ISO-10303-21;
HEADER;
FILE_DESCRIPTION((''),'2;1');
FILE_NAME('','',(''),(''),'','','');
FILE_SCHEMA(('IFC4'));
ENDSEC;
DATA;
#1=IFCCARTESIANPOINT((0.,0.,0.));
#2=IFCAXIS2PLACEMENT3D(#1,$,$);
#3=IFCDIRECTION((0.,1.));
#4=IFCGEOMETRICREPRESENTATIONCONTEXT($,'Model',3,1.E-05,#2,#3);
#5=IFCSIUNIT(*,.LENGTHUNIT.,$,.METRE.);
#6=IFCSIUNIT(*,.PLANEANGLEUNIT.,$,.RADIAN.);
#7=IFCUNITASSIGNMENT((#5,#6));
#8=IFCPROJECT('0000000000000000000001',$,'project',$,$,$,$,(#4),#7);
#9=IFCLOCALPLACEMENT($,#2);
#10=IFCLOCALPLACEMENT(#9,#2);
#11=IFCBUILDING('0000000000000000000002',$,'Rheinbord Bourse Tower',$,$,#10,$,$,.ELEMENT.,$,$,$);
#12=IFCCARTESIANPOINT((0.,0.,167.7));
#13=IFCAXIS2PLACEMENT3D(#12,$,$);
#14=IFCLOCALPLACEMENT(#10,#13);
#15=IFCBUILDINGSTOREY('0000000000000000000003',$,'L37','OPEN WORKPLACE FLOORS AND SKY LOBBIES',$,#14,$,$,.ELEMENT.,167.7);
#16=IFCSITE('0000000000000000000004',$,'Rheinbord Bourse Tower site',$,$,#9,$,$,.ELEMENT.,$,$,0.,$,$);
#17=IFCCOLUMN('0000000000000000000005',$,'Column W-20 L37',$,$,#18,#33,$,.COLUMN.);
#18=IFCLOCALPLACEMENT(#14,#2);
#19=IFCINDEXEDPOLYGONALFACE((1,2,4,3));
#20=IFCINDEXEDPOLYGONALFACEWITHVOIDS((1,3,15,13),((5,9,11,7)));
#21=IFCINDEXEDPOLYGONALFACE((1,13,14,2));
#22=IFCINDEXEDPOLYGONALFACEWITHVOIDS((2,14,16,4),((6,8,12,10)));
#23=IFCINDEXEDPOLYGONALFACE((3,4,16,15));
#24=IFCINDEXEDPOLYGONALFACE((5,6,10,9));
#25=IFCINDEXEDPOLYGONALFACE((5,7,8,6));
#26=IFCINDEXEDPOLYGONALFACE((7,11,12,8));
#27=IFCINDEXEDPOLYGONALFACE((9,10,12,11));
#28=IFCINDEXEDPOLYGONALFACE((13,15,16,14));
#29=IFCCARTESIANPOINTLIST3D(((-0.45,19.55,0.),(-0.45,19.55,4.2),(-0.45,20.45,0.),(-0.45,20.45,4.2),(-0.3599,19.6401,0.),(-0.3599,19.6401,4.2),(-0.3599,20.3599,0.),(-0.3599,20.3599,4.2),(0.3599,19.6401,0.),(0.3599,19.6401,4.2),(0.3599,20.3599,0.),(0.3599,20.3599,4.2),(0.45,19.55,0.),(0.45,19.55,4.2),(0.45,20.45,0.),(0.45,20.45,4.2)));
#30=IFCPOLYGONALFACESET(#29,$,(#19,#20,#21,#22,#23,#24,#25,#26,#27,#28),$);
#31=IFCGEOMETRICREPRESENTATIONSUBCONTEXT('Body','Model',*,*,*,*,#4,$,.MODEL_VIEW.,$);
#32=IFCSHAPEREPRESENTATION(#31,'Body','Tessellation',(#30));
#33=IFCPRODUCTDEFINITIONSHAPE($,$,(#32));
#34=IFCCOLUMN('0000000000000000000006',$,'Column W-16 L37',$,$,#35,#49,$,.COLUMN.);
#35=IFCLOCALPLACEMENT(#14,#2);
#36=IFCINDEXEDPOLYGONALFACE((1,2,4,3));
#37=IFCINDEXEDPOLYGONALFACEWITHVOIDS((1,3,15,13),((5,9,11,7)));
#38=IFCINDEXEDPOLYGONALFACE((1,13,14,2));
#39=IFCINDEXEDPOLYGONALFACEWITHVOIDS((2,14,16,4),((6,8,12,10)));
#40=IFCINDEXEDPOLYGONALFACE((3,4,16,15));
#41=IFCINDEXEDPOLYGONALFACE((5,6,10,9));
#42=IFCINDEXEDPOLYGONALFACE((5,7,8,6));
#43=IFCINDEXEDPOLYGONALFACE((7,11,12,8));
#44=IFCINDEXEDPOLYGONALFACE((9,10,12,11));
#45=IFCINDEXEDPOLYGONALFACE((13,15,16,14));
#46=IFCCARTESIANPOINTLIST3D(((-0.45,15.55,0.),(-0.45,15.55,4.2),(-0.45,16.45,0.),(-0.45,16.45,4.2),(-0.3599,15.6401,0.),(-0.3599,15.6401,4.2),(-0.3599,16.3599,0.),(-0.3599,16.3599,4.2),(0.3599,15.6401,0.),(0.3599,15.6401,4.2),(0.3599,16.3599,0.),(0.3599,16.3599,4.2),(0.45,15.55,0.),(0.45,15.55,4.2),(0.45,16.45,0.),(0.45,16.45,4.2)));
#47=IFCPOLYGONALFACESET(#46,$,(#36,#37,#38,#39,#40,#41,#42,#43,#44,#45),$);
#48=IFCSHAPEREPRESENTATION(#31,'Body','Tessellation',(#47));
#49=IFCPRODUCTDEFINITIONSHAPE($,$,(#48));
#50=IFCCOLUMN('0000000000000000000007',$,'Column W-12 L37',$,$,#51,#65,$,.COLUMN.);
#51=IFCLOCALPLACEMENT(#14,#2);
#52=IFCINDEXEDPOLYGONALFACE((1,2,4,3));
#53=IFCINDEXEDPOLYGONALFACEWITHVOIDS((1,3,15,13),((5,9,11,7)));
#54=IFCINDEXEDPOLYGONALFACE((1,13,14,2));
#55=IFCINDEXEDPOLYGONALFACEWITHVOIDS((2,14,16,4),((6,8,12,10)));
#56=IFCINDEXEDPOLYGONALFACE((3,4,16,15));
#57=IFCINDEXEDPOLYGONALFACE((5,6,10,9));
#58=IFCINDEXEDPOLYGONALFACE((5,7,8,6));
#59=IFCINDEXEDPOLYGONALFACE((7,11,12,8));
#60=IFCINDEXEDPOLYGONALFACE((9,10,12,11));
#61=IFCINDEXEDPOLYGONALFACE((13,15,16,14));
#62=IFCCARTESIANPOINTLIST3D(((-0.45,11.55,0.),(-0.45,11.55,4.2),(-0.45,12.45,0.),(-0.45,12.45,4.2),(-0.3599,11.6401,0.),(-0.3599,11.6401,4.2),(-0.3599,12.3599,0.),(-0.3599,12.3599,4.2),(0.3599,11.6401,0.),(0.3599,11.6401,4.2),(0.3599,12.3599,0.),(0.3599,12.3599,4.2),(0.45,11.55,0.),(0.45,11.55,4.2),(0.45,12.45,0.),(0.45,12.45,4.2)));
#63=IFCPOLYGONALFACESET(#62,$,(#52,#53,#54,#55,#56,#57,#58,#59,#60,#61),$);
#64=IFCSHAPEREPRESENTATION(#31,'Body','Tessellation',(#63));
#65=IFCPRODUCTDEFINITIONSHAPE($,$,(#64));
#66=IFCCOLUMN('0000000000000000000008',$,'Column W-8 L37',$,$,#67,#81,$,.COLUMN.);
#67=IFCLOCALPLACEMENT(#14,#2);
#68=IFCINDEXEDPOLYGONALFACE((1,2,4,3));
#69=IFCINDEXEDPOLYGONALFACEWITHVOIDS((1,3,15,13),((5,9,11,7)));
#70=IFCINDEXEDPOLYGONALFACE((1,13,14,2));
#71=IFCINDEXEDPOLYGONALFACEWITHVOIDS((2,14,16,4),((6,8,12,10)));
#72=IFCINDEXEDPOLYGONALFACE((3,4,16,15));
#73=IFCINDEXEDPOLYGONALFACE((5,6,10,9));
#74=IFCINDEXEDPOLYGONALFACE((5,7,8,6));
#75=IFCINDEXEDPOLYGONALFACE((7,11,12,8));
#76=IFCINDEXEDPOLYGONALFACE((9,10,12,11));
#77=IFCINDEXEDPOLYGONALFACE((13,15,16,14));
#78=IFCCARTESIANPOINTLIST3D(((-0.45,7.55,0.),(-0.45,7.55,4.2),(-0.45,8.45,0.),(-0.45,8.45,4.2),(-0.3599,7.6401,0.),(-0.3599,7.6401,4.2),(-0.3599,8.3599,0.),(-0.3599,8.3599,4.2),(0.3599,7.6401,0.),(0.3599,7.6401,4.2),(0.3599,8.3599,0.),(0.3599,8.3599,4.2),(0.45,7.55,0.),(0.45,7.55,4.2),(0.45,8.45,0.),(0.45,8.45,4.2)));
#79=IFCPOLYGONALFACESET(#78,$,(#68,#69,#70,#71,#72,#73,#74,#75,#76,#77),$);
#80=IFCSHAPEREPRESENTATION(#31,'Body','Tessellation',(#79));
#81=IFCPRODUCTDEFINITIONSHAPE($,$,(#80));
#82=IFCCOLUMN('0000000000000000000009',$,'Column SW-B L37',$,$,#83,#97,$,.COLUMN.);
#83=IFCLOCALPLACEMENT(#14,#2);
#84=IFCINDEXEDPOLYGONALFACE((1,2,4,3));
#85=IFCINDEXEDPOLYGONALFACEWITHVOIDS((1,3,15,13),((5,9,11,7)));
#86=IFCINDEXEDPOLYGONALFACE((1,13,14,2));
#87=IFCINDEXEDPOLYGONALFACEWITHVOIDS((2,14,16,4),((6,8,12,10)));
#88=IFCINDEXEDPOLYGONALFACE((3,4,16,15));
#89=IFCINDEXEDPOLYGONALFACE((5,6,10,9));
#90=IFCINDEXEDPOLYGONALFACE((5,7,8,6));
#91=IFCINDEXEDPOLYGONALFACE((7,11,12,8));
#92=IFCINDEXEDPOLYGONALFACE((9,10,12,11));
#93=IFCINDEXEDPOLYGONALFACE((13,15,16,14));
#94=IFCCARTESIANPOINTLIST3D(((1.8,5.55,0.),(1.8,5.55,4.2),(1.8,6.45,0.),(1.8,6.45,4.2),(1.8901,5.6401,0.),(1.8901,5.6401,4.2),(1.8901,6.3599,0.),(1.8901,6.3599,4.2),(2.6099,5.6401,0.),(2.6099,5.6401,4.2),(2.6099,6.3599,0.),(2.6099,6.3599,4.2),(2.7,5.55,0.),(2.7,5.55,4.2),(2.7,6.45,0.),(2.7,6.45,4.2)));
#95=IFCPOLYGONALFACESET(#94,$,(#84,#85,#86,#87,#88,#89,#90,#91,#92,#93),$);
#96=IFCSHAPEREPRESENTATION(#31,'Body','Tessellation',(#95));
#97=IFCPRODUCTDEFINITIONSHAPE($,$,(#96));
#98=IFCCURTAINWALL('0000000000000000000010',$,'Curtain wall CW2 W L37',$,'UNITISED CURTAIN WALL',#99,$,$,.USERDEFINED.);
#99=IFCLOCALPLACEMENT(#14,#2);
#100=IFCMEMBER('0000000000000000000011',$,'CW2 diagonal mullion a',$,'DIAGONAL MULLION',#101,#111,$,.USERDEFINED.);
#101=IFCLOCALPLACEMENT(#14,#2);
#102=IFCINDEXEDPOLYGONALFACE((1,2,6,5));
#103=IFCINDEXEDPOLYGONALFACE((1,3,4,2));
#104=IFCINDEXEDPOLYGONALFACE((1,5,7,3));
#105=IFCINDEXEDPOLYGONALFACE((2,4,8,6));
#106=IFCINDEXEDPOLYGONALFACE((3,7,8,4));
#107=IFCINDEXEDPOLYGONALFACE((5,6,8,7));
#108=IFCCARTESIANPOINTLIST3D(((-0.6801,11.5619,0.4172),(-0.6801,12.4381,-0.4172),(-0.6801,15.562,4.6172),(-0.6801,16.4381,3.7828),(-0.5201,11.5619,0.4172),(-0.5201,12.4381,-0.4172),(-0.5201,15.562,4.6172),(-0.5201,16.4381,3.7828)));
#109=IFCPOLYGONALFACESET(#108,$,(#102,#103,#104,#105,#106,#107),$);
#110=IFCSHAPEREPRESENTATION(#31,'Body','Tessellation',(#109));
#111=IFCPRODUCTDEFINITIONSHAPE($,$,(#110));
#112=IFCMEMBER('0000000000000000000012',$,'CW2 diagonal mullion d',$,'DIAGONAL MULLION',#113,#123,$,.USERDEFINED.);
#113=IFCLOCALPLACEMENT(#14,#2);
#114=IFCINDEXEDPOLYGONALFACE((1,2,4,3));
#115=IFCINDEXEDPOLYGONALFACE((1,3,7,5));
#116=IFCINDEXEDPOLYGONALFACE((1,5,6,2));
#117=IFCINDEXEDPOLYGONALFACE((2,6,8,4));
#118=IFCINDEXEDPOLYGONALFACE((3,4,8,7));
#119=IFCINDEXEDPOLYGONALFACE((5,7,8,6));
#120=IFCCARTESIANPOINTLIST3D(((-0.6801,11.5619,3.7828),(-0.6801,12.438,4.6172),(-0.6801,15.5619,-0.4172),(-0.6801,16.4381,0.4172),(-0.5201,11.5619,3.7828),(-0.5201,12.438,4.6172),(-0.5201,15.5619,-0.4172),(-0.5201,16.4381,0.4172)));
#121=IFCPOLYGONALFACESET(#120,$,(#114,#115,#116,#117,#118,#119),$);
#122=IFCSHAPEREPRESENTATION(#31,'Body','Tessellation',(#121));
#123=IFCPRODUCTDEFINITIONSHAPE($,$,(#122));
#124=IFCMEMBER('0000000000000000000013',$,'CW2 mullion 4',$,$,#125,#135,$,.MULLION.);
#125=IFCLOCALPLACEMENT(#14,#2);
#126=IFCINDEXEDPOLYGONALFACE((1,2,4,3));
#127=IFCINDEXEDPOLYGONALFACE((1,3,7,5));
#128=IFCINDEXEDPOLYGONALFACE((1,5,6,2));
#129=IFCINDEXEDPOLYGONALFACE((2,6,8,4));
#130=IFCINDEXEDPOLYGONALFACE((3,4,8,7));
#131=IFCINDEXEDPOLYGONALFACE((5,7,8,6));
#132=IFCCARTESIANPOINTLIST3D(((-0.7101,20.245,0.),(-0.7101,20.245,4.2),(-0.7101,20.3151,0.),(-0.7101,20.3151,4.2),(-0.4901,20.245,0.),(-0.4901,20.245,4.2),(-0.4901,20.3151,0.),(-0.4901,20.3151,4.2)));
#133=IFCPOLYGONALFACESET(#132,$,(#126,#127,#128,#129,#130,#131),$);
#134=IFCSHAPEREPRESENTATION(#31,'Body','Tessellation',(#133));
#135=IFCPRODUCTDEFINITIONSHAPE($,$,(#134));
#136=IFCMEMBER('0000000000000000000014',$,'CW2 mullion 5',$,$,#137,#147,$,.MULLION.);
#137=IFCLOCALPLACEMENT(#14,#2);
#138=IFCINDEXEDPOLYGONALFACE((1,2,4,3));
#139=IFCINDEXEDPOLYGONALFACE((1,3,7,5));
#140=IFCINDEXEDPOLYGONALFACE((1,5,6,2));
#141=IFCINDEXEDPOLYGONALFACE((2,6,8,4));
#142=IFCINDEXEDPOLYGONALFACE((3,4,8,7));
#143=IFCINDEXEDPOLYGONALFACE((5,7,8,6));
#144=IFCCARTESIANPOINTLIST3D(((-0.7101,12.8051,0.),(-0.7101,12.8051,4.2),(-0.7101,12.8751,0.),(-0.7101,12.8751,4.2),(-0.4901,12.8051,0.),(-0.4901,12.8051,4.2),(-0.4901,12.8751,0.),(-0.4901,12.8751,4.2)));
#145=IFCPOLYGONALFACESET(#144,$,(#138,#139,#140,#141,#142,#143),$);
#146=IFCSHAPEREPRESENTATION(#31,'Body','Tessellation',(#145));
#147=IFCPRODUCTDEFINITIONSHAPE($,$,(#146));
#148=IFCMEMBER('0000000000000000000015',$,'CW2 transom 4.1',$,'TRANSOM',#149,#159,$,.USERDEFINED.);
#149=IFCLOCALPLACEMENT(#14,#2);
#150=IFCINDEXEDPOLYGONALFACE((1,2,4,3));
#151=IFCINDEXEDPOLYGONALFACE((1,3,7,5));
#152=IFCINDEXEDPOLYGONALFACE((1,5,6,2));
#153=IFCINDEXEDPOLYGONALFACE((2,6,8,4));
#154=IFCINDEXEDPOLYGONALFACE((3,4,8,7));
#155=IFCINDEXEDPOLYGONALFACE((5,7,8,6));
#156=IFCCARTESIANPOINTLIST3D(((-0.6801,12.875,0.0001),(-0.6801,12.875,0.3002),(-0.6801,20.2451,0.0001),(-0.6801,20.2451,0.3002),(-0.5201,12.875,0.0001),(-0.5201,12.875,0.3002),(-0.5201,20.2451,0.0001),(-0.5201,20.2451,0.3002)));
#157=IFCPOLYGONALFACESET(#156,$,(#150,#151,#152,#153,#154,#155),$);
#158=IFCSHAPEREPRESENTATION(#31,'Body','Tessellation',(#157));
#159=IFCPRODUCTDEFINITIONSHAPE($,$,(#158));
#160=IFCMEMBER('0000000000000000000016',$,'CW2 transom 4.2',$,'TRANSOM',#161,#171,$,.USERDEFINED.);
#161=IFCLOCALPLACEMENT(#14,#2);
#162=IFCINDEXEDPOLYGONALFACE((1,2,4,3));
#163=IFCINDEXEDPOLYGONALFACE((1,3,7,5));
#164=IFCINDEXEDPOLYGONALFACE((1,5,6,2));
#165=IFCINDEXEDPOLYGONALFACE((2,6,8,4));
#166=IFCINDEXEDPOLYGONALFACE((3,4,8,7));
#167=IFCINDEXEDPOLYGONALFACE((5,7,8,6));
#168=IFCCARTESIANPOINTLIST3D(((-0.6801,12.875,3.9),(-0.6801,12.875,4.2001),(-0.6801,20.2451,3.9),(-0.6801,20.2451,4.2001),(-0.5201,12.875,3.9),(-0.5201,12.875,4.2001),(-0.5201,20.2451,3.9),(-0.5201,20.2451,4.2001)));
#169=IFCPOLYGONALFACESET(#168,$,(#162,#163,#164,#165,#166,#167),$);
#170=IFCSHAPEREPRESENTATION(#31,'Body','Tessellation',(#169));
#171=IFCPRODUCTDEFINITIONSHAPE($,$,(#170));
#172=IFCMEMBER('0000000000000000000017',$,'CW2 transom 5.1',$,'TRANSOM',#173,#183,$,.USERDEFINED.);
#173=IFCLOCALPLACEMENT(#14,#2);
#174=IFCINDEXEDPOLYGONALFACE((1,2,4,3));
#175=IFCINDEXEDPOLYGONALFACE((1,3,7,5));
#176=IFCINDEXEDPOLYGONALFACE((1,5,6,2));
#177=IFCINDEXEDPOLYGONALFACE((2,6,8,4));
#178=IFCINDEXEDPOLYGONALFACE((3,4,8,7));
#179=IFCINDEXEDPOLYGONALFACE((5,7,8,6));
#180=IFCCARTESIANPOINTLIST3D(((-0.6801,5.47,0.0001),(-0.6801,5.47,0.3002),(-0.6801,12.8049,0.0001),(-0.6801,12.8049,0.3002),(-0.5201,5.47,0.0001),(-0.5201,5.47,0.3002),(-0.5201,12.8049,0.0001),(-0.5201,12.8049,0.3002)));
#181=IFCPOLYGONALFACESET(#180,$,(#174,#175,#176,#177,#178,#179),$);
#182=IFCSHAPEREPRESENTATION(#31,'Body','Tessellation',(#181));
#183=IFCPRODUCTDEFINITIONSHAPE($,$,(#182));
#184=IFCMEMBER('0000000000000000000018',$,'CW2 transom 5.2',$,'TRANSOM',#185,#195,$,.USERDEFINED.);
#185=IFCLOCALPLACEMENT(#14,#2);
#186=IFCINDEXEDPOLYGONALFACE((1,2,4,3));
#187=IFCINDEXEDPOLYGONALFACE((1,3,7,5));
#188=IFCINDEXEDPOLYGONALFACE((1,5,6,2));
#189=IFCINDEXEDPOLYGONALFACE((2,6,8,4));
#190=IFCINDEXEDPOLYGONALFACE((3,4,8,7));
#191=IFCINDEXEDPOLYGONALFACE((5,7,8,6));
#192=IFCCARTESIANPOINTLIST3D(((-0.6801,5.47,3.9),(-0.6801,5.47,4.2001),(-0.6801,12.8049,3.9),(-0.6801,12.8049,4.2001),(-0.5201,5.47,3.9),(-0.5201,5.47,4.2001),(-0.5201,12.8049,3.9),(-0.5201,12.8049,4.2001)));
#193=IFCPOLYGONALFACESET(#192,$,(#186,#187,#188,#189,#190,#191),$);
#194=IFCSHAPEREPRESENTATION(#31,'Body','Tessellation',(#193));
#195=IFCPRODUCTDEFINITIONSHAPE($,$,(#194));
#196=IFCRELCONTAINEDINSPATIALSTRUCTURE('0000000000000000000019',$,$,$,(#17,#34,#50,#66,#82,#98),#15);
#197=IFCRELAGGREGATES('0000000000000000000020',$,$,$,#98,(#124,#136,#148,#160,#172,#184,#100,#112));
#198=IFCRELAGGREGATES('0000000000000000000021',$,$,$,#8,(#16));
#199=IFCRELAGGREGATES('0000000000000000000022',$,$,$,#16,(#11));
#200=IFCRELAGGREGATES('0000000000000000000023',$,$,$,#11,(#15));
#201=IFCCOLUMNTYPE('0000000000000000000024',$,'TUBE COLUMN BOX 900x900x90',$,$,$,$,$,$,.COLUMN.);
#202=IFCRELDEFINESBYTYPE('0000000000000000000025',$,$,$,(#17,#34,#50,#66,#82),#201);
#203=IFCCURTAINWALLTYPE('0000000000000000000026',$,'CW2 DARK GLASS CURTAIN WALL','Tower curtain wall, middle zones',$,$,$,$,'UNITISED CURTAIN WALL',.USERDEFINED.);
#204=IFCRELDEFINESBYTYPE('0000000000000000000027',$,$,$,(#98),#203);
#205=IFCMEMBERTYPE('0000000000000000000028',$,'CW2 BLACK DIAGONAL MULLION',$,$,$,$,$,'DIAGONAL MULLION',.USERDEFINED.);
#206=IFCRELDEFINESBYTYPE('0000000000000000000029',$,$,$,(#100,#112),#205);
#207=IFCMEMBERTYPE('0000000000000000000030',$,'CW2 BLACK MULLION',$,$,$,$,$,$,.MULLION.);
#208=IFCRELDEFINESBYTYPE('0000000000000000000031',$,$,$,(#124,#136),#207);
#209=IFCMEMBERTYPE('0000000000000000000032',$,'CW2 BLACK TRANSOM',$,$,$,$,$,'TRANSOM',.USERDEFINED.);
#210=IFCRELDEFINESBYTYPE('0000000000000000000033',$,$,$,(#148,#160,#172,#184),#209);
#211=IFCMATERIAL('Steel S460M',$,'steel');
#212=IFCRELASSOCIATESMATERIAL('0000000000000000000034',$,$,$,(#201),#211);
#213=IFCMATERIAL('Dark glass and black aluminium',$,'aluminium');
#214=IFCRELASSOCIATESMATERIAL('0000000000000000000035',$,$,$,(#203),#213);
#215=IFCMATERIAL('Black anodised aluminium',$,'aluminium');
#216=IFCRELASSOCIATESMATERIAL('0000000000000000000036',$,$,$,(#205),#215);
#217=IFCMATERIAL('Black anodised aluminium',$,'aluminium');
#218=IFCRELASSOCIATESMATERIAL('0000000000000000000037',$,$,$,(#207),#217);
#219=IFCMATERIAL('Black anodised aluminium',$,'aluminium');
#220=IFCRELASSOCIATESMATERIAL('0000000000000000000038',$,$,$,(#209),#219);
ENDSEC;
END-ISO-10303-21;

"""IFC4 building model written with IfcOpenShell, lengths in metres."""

from ifc_helpers import new_model, si_unit, direction, frame, origin, origin_2d, place, context, subcontext, project, spatial, rectangle, hollow_rectangle, extrude, material, material_profile, profile_set, type_object, element, aggregate, save


model = new_model("IFC4")

# Units and contexts
model_context = context("Model", 3, precision=1e-05, world=origin(), true_north=direction((0.0, 1.0)))
body_context = subcontext(model_context, "Body", "Model", "MODEL_VIEW")
ifc_project = project(units=[si_unit("LENGTHUNIT", "METRE"), si_unit("PLANEANGLEUNIT", "RADIAN")], contexts=[model_context])

# Site, building, storey
site_placement = place(None, origin())
site = spatial("IfcSite", under=ifc_project, at=site_placement, Name="Rheinbord Bourse Tower site", CompositionType="ELEMENT", RefElevation=0.0)
building_placement = place(site_placement, origin())
building = spatial("IfcBuilding", under=site, at=building_placement, Name="Rheinbord Bourse Tower", CompositionType="ELEMENT")
storey_placement = place(building_placement, frame((0.0, 0.0, 167.7)))
storey = spatial("IfcBuildingStorey", under=building, at=storey_placement, Name="L37", Description="OPEN WORKPLACE FLOORS AND SKY LOBBIES", CompositionType="ELEMENT", Elevation=167.7)

# Columns
ifc_material_1 = material(Name="Steel S460M", Category="steel")
ifc_material_profile_1 = material_profile(ifc_material_1, hollow_rectangle(XDim=0.8999, YDim=0.8999, WallThickness=0.0901, at=origin_2d()), Name="BOX 900x900x90")
ifc_profile_set_1 = profile_set([ifc_material_profile_1], Name="Steel S460M")
column_type = type_object("IfcColumnType", Name="TUBE COLUMN BOX 900x900x90", PredefinedType="COLUMN", material=ifc_profile_set_1)
for number, where, z_axis, x_axis, name in (
    (1, (0.0, 20.0, 0.0), (0.0, 0.0, 1.0), (1.0, 0.0, 0.0), "Column W-20 L37"),
    (2, (0.0, 16.0, 0.0), (0.0, 0.0, 1.0), (1.0, 0.0, 0.0), "Column W-16 L37"),
    (3, (0.0, 12.0, 0.0), (0.0, 0.0, 1.0), (1.0, 0.0, 0.0), "Column W-12 L37"),
    (4, (0.0, 8.0, 0.0), (0.0, 0.0, 1.0), (1.0, 0.0, 0.0), "Column W-8 L37"),
    (5, (2.25, 6.0, 0.0), (0.0, 0.0, 1.0), (1.0, 0.0, 0.0), "Column SW-B L37"),
):
    element("IfcColumn", number, at=place(storey_placement, frame(where, z_axis=z_axis, x_axis=x_axis)), inside=storey, type_object=column_type, Name=name, PredefinedType="COLUMN", context=body_context, shape_type="SweptSolid", body=[
        extrude(hollow_rectangle(XDim=0.8999, YDim=0.8999, WallThickness=0.0901, at=origin_2d()), origin(), (0.0, 0.0, 1.0), 4.2),
    ])

# Curtain wall, members
ifc_material_2 = material(Name="Dark glass and black aluminium", Category="aluminium")
curtain_wall_type = type_object("IfcCurtainWallType", Name="CW2 DARK GLASS CURTAIN WALL", Description="Tower curtain wall, middle zones", ElementType="UNITISED CURTAIN WALL", PredefinedType="USERDEFINED", material=ifc_material_2)
curtain_wall_placement = place(storey_placement, origin())
curtain_wall = element("IfcCurtainWall", 6, at=curtain_wall_placement, inside=storey, type_object=curtain_wall_type, Name="Curtain wall CW2 W L37", ObjectType="UNITISED CURTAIN WALL", PredefinedType="USERDEFINED")
ifc_material_3 = material(Name="Black anodised aluminium", Category="aluminium")
ifc_material_profile_2 = material_profile(ifc_material_3, rectangle(XDim=0.1599, YDim=1.21, at=origin_2d()), Name="CW2 DIAGONAL MULLION 1210x160")
ifc_profile_set_2 = profile_set([ifc_material_profile_2], Name="Black anodised aluminium")
member_type_1 = type_object("IfcMemberType", Name="CW2 BLACK DIAGONAL MULLION", ElementType="DIAGONAL MULLION", PredefinedType="USERDEFINED", material=ifc_profile_set_2)
member_1_placement = place(storey_placement, frame((-0.6001, 12.0, 0.0), z_axis=(0.0, 0.689659, 0.724134), x_axis=(-1.0, 0.0, 0.0)))
member_1 = element("IfcMember", 7, at=member_1_placement, type_object=member_type_1, Name="CW2 diagonal mullion a", ObjectType="DIAGONAL MULLION", PredefinedType="USERDEFINED", context=body_context, shape_type="SweptSolid", body=[
    extrude(rectangle(XDim=0.1599, YDim=1.21, at=origin_2d()), origin(), (0.0, 0.0, 1.0), 5.8),
])
member_2_placement = place(storey_placement, frame((-0.6001, 16.0, 0.0), z_axis=(0.0, -0.689659, 0.724134), x_axis=(1.0, 0.0, 0.0)))
member_2 = element("IfcMember", 8, at=member_2_placement, type_object=member_type_1, Name="CW2 diagonal mullion d", ObjectType="DIAGONAL MULLION", PredefinedType="USERDEFINED", context=body_context, shape_type="SweptSolid", body=[
    extrude(rectangle(XDim=0.1599, YDim=1.21, at=origin_2d()), origin(), (0.0, 0.0, 1.0), 5.8),
])
ifc_material_4 = material(Name="Black anodised aluminium", Category="aluminium")
ifc_material_profile_3 = material_profile(ifc_material_4, rectangle(XDim=0.22, YDim=0.0701, at=origin_2d()), Name="CW2 MULLION 70x220")
ifc_profile_set_3 = profile_set([ifc_material_profile_3], Name="Black anodised aluminium")
member_type_2 = type_object("IfcMemberType", Name="CW2 BLACK MULLION", PredefinedType="MULLION", material=ifc_profile_set_3)
member_3_placement = place(storey_placement, frame((-0.6001, 20.28, 0.0), z_axis=(0.0, 0.0, 1.0), x_axis=(1.0, 0.0, 0.0)))
member_3 = element("IfcMember", 9, at=member_3_placement, type_object=member_type_2, Name="CW2 mullion 4", PredefinedType="MULLION", context=body_context, shape_type="SweptSolid", body=[
    extrude(rectangle(XDim=0.22, YDim=0.0701, at=origin_2d()), origin(), (0.0, 0.0, 1.0), 4.2),
])
member_4_placement = place(storey_placement, frame((-0.6001, 12.8401, 0.0), z_axis=(0.0, 0.0, 1.0), x_axis=(1.0, 0.0, 0.0)))
member_4 = element("IfcMember", 10, at=member_4_placement, type_object=member_type_2, Name="CW2 mullion 5", PredefinedType="MULLION", context=body_context, shape_type="SweptSolid", body=[
    extrude(rectangle(XDim=0.22, YDim=0.0701, at=origin_2d()), origin(), (0.0, 0.0, 1.0), 4.2),
])
ifc_material_5 = material(Name="Black anodised aluminium", Category="aluminium")
ifc_material_profile_4 = material_profile(ifc_material_5, rectangle(XDim=0.1599, YDim=0.3, at=origin_2d()), Name="CW2 TRANSOM 300x160")
ifc_profile_set_4 = profile_set([ifc_material_profile_4], Name="Black anodised aluminium")
member_type_3 = type_object("IfcMemberType", Name="CW2 BLACK TRANSOM", ElementType="TRANSOM", PredefinedType="USERDEFINED", material=ifc_profile_set_4)
member_5_placement = place(storey_placement, frame((-0.6001, 20.2451, 0.1501), z_axis=(0.0, -1.0, 0.0), x_axis=(1.0, 0.0, 0.0)))
member_5 = element("IfcMember", 11, at=member_5_placement, type_object=member_type_3, Name="CW2 transom 4.1", ObjectType="TRANSOM", PredefinedType="USERDEFINED", context=body_context, shape_type="SweptSolid", body=[
    extrude(rectangle(XDim=0.1599, YDim=0.3, at=origin_2d()), origin(), (0.0, 0.0, 1.0), 7.3701),
])
member_6_placement = place(storey_placement, frame((-0.6001, 20.2451, 4.05), z_axis=(0.0, -1.0, 0.0), x_axis=(1.0, 0.0, 0.0)))
member_6 = element("IfcMember", 12, at=member_6_placement, type_object=member_type_3, Name="CW2 transom 4.2", ObjectType="TRANSOM", PredefinedType="USERDEFINED", context=body_context, shape_type="SweptSolid", body=[
    extrude(rectangle(XDim=0.1599, YDim=0.3, at=origin_2d()), origin(), (0.0, 0.0, 1.0), 7.3701),
])
member_7_placement = place(storey_placement, frame((-0.6001, 12.8049, 0.1501), z_axis=(0.0, -1.0, 0.0), x_axis=(1.0, 0.0, 0.0)))
member_7 = element("IfcMember", 13, at=member_7_placement, type_object=member_type_3, Name="CW2 transom 5.1", ObjectType="TRANSOM", PredefinedType="USERDEFINED", context=body_context, shape_type="SweptSolid", body=[
    extrude(rectangle(XDim=0.1599, YDim=0.3, at=origin_2d()), origin(), (0.0, 0.0, 1.0), 7.335),
])
member_8_placement = place(storey_placement, frame((-0.6001, 12.8049, 4.05), z_axis=(0.0, -1.0, 0.0), x_axis=(1.0, 0.0, 0.0)))
member_8 = element("IfcMember", 14, at=member_8_placement, type_object=member_type_3, Name="CW2 transom 5.2", ObjectType="TRANSOM", PredefinedType="USERDEFINED", context=body_context, shape_type="SweptSolid", body=[
    extrude(rectangle(XDim=0.1599, YDim=0.3, at=origin_2d()), origin(), (0.0, 0.0, 1.0), 7.335),
])

aggregate(curtain_wall, [member_3, member_4, member_5, member_6, member_7, member_8, member_1, member_2])

save(model, "model.ifc")
